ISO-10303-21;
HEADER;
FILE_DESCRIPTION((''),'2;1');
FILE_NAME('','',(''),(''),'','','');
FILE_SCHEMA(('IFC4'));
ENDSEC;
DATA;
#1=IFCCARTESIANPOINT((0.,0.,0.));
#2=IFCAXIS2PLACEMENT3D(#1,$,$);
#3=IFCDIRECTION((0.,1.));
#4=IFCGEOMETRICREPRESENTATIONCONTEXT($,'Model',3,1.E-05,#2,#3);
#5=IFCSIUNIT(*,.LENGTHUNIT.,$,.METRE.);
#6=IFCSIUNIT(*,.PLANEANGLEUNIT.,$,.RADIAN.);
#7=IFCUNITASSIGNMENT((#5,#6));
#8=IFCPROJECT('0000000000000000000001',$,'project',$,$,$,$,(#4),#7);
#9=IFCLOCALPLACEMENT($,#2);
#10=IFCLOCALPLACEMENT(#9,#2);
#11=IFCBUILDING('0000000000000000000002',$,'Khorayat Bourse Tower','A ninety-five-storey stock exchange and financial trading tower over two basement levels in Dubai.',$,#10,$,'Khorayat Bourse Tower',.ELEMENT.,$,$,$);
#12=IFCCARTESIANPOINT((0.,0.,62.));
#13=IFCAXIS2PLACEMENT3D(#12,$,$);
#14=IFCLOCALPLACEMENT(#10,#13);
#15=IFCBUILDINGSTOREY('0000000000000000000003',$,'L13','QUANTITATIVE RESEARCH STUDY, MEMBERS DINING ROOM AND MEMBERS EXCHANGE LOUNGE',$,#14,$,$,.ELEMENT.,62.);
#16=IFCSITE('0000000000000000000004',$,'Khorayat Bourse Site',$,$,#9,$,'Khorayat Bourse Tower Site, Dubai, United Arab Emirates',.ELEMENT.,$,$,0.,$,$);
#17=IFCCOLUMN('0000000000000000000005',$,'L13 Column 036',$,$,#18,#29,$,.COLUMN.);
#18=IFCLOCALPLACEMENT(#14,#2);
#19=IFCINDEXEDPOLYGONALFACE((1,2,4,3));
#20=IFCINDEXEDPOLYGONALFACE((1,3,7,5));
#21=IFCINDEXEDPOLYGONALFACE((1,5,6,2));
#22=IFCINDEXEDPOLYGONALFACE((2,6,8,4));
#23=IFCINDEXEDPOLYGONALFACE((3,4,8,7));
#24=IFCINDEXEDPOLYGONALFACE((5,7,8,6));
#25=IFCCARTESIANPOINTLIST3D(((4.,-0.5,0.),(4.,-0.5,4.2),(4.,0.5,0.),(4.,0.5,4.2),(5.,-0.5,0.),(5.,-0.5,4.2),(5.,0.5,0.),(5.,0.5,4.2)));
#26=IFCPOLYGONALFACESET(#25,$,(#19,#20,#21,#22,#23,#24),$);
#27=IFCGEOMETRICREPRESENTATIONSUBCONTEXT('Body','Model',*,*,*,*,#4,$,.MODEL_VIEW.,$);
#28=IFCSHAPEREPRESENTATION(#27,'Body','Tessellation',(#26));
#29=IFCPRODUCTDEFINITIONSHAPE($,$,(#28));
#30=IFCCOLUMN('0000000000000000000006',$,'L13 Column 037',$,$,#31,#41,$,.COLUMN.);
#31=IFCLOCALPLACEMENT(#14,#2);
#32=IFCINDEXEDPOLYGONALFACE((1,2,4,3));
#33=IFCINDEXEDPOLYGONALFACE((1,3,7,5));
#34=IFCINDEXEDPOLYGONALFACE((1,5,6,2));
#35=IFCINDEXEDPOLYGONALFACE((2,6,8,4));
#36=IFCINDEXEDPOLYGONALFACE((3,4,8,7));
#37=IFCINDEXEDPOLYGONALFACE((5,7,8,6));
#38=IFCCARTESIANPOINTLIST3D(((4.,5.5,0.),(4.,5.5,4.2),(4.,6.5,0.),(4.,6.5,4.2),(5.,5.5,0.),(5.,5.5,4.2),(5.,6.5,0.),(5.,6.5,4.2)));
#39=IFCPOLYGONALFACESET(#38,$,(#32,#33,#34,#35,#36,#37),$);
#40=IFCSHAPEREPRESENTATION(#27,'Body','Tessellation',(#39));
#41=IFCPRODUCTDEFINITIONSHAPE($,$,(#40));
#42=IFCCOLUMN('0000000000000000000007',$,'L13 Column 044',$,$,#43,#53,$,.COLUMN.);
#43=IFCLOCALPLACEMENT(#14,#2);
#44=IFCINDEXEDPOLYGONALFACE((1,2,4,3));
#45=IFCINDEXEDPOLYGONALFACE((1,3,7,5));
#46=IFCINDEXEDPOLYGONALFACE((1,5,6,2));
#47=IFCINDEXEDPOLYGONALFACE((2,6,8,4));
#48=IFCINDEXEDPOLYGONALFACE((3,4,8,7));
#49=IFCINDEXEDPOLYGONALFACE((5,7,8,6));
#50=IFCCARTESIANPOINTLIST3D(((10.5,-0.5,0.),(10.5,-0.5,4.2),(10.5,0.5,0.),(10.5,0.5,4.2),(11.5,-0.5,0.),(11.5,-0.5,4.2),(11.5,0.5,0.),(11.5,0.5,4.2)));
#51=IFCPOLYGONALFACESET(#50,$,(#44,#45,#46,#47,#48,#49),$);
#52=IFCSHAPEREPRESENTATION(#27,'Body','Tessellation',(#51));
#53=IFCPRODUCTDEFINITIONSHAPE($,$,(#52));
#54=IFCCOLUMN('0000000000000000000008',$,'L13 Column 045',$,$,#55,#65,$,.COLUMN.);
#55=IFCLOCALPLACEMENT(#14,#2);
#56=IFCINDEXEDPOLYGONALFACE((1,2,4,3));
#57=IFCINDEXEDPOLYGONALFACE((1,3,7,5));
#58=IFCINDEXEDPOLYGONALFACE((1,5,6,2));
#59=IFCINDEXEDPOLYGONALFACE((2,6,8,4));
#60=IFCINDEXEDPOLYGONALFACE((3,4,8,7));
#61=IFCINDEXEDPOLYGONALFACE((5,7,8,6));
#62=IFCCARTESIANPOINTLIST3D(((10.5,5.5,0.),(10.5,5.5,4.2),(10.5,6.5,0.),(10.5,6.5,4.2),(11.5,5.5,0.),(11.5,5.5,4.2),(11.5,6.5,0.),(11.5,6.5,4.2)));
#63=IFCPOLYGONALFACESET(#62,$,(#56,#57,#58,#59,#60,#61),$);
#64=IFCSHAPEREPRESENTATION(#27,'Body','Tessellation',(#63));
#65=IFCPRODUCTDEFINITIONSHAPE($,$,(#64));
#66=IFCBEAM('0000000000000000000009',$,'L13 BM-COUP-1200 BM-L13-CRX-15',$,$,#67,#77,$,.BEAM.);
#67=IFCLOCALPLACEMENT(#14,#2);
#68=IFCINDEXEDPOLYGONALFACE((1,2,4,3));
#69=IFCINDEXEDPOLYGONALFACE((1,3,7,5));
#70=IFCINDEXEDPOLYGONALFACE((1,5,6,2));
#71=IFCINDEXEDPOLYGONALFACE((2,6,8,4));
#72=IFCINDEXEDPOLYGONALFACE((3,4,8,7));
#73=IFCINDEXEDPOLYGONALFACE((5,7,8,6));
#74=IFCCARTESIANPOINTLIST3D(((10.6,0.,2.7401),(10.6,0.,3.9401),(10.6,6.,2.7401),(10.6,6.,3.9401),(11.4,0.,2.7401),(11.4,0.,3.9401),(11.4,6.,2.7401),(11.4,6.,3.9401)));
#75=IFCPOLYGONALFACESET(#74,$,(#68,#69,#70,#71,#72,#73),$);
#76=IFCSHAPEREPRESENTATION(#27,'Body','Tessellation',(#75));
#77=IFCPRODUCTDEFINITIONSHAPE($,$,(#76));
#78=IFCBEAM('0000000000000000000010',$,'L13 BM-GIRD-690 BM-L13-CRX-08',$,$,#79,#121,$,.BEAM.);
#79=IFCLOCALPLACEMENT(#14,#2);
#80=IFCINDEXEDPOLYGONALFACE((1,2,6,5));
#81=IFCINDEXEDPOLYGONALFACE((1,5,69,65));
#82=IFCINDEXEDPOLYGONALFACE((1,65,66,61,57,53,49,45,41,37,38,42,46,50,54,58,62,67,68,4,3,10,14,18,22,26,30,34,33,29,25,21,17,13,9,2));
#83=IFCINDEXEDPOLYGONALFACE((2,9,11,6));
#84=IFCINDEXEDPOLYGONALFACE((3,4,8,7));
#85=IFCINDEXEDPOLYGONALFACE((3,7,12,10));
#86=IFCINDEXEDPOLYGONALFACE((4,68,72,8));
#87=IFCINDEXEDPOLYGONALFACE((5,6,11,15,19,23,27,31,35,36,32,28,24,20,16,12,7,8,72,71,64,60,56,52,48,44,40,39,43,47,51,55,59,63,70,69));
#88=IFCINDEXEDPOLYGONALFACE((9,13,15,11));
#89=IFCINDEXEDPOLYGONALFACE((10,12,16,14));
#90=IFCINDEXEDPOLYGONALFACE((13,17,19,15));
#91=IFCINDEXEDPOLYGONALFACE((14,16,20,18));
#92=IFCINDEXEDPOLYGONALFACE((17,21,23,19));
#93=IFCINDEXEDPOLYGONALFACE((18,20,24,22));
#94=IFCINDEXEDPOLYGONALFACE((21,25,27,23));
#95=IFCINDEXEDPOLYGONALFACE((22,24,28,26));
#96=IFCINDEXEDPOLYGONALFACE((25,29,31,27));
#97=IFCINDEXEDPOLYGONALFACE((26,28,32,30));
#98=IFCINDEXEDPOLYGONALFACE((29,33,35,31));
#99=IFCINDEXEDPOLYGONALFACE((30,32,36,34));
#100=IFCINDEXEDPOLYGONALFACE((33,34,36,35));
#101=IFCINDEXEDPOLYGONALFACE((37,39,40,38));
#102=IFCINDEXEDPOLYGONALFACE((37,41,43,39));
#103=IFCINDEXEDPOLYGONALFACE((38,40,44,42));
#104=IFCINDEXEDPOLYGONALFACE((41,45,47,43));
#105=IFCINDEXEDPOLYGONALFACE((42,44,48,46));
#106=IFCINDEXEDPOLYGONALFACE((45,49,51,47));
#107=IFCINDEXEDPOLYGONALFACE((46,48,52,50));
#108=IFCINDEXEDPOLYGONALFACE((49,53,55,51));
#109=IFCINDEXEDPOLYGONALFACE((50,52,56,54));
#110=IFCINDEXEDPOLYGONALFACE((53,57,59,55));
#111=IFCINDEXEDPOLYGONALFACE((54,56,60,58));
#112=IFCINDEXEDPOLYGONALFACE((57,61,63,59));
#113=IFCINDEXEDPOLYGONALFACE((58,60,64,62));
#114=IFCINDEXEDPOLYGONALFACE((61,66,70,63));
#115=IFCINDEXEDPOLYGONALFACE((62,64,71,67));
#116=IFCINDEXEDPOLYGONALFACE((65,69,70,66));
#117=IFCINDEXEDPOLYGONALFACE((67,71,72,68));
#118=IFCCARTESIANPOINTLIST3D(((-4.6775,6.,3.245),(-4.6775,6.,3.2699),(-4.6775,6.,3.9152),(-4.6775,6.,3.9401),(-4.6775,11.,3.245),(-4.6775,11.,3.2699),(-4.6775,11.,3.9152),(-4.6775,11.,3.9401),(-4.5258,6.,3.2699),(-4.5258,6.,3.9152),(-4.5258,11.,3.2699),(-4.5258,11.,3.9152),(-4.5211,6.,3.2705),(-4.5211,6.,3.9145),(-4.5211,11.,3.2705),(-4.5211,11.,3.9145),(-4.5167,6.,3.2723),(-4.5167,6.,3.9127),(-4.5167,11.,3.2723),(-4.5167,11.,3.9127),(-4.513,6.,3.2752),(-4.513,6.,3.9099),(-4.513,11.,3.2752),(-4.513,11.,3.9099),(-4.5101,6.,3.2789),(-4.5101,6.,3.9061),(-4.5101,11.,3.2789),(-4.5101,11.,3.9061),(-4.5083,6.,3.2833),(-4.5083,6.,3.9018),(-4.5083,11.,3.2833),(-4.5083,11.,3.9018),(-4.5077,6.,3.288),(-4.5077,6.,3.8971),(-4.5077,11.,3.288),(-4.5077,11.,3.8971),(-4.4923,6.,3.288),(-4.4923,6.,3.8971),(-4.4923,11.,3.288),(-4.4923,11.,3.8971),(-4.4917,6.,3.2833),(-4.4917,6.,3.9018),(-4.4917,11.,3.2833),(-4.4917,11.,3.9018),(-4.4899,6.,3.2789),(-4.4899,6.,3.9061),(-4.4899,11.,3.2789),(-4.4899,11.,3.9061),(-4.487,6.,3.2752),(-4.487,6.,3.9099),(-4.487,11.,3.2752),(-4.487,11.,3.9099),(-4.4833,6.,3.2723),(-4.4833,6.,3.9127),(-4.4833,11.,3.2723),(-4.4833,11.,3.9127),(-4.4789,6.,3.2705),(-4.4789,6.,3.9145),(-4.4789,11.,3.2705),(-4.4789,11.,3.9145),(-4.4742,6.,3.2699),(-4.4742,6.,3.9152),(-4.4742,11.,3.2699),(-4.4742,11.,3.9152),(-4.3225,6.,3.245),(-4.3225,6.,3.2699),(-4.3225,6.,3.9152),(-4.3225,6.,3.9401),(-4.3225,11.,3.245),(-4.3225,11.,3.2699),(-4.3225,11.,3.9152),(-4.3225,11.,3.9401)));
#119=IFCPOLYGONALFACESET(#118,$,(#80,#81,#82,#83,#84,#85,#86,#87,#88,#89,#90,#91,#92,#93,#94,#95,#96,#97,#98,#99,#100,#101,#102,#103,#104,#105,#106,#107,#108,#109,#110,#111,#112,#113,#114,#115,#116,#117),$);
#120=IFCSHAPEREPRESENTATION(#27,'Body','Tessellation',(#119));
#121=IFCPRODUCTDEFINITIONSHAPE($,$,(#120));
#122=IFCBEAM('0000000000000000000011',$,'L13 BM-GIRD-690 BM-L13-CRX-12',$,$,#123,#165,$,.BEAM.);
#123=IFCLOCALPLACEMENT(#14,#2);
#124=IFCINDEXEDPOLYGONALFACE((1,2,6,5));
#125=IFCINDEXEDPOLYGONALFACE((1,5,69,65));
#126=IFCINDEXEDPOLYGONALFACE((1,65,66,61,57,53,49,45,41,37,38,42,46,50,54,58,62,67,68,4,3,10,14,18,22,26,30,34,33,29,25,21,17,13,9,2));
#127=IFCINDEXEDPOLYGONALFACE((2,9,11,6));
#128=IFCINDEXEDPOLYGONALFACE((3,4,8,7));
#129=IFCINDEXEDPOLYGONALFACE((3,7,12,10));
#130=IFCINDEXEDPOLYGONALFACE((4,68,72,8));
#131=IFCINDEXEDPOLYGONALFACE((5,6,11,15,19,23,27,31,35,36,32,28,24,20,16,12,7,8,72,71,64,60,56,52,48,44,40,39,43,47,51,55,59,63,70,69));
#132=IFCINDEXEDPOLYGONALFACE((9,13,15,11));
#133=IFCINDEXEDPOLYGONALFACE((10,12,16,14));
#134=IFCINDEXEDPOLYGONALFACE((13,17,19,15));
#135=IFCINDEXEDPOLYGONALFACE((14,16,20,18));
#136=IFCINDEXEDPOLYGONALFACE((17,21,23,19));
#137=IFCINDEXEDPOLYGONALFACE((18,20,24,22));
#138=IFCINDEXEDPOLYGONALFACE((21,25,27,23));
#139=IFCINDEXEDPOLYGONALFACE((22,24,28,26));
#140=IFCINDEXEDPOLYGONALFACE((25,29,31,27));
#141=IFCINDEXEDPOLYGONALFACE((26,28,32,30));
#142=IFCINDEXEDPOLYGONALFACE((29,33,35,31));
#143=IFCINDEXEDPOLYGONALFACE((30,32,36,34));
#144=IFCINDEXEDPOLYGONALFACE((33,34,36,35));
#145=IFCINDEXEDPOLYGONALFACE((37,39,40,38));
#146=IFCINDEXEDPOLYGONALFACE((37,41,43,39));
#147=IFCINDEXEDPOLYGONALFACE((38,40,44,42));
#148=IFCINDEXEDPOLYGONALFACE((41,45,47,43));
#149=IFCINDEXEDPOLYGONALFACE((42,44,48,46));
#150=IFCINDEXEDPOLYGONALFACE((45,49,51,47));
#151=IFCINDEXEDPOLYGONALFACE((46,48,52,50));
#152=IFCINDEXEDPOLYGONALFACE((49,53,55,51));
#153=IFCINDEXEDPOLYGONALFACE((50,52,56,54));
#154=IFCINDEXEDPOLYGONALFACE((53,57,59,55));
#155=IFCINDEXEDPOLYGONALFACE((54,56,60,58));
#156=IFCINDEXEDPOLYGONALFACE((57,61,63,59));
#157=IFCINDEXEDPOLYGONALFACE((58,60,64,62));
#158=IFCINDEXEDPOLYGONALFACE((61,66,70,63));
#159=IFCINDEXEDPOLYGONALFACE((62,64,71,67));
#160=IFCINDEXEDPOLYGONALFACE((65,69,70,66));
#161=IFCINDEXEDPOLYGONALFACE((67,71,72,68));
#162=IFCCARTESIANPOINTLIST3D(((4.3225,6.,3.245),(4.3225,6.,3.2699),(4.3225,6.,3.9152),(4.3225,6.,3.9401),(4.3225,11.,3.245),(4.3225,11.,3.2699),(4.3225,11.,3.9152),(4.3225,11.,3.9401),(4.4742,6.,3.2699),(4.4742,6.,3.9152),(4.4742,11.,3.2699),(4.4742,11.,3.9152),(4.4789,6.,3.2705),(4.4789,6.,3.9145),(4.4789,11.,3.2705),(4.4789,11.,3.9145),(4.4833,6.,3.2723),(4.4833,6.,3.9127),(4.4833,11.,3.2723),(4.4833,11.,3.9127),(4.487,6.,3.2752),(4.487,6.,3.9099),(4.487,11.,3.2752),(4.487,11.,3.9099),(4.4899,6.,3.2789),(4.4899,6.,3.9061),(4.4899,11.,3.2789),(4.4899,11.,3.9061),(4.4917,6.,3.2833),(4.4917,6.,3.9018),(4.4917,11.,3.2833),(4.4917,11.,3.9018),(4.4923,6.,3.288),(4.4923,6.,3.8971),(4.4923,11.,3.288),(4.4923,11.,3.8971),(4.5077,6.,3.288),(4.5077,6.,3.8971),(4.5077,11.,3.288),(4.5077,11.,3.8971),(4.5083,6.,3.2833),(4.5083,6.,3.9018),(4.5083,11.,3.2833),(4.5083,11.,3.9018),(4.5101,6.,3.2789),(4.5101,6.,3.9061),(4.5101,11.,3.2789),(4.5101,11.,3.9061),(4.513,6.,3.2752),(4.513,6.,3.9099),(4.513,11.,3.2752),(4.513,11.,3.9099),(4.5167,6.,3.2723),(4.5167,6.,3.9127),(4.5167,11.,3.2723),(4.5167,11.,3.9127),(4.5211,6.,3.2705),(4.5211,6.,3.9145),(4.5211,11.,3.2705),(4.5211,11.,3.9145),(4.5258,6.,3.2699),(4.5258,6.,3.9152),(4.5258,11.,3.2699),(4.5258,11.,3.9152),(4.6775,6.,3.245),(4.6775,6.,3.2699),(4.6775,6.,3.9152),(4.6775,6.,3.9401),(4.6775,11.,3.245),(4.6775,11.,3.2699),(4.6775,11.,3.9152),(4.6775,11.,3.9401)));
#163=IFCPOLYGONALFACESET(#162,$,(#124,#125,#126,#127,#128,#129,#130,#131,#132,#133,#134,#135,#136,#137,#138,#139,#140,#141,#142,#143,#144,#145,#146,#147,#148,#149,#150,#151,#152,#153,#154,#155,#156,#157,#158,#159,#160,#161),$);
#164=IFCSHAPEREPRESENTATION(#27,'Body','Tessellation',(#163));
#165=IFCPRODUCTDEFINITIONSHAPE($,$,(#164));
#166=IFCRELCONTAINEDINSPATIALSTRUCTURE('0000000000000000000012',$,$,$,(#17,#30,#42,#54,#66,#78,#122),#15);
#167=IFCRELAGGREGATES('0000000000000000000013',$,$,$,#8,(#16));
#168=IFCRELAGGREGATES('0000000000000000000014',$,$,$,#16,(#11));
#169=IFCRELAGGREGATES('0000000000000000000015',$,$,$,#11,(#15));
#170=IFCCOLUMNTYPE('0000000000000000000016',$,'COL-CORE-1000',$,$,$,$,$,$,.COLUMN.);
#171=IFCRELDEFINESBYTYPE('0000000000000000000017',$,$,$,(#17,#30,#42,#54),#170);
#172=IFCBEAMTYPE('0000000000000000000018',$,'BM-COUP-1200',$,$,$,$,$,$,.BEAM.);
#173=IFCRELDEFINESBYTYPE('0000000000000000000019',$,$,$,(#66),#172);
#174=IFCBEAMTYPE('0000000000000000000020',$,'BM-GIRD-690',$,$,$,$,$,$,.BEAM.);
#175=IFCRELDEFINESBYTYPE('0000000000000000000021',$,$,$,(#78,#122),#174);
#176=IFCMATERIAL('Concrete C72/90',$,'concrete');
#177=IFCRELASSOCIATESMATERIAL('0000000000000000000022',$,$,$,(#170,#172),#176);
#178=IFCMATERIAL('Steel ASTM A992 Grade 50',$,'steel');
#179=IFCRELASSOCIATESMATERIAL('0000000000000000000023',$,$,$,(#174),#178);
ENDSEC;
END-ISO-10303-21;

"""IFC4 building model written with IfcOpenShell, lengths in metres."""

from ifc_helpers import new_model, si_unit, direction, frame, origin, origin_2d, place, context, subcontext, project, spatial, rectangle, i_section, extrude, source, transform, mapped, material, material_profile, profile_set, type_object, element, save


model = new_model("IFC4")

# Units and contexts
model_context = context("Model", 3, precision=1e-05, world=origin(), true_north=direction((0.0, 1.0)))
body_context = subcontext(model_context, "Body", "Model", "MODEL_VIEW")
ifc_project = project(units=[si_unit("LENGTHUNIT", "METRE"), si_unit("PLANEANGLEUNIT", "RADIAN")], contexts=[model_context])

# Site, building, storey
site_placement = place(None, origin())
site = spatial("IfcSite", under=ifc_project, at=site_placement, Name="Khorayat Bourse Site", LongName="Khorayat Bourse Tower Site, Dubai, United Arab Emirates", CompositionType="ELEMENT", RefElevation=0.0)
building_placement = place(site_placement, origin())
building = spatial("IfcBuilding", under=site, at=building_placement, Name="Khorayat Bourse Tower", Description="A ninety-five-storey stock exchange and financial trading tower over two basement levels in Dubai.", LongName="Khorayat Bourse Tower", CompositionType="ELEMENT")
storey_placement = place(building_placement, frame((0.0, 0.0, 62.0)))
storey = spatial("IfcBuildingStorey", under=building, at=storey_placement, Name="L13", Description="QUANTITATIVE RESEARCH STUDY, MEMBERS DINING ROOM AND MEMBERS EXCHANGE LOUNGE", CompositionType="ELEMENT", Elevation=62.0)

# Columns
ifc_material_1 = material(Name="Concrete C72/90", Category="concrete")
ifc_material_profile_1 = material_profile(ifc_material_1, rectangle(XDim=1.0, YDim=1.0, at=origin_2d()), Name="RC 1000x1000")
ifc_profile_set_1 = profile_set([ifc_material_profile_1], Name="Concrete C72/90")
column_type = type_object("IfcColumnType", Name="COL-CORE-1000", PredefinedType="COLUMN", material=ifc_profile_set_1)
shared_shape_1 = source(origin(), body_context, "Body", "SweptSolid", [
    extrude(rectangle(XDim=1.0, YDim=1.0, at=origin_2d()), origin(), (0.0, 0.0, 1.0), 4.2),
])
for number, where, z_axis, x_axis, name in (
    (1, (4.5, 0.0, 0.0), (0.0, 0.0, 1.0), (1.0, 0.0, 0.0), "L13 Column 036"),
    (2, (4.5, 6.0, 0.0), (0.0, 0.0, 1.0), (1.0, 0.0, 0.0), "L13 Column 037"),
    (3, (11.0, 0.0, 0.0), (0.0, 0.0, 1.0), (1.0, 0.0, 0.0), "L13 Column 044"),
    (4, (11.0, 6.0, 0.0), (0.0, 0.0, 1.0), (1.0, 0.0, 0.0), "L13 Column 045"),
):
    element("IfcColumn", number, at=place(storey_placement, frame(where, z_axis=z_axis, x_axis=x_axis)), inside=storey, type_object=column_type, Name=name, PredefinedType="COLUMN", context=body_context, shape_type="MappedRepresentation", body=[
        mapped(shared_shape_1, transform((0.0, 0.0, 0.0), scale=1.0)),
    ])

# Beams
ifc_material_profile_2 = material_profile(ifc_material_1, rectangle(XDim=0.8, YDim=1.2, at=origin_2d()), Name="RC 800x1200")
ifc_profile_set_2 = profile_set([ifc_material_profile_2], Name="Concrete C72/90")
beam_type_1 = type_object("IfcBeamType", Name="BM-COUP-1200", PredefinedType="BEAM", material=ifc_profile_set_2)
shared_shape_2 = source(origin(), body_context, "Body", "SweptSolid", [
    extrude(rectangle(XDim=0.8, YDim=1.2, at=origin_2d()), origin(), (0.0, 0.0, 1.0), 6.0),
])
beam_1_placement = place(storey_placement, frame((11.0, 0.0, 3.3401), z_axis=(0.0, 1.0, 0.0), x_axis=(-1.0, 0.0, 0.0)))
element("IfcBeam", 5, at=beam_1_placement, inside=storey, type_object=beam_type_1, Name="L13 BM-COUP-1200 BM-L13-CRX-15", PredefinedType="BEAM", context=body_context, shape_type="MappedRepresentation", body=[
    mapped(shared_shape_2, transform((0.0, 0.0, 0.0), scale=1.0)),
])
ifc_material_2 = material(Name="Steel ASTM A992 Grade 50", Category="steel")
ifc_material_profile_3 = material_profile(ifc_material_2, i_section(OverallWidth=0.355, OverallDepth=0.6951, WebThickness=0.0154, FlangeThickness=0.0249, FilletRadius=0.0181, at=origin_2d()), Name="W690X217")
ifc_profile_set_3 = profile_set([ifc_material_profile_3], Name="Steel ASTM A992 Grade 50")
beam_type_2 = type_object("IfcBeamType", Name="BM-GIRD-690", PredefinedType="BEAM", material=ifc_profile_set_3)
shared_shape_3 = source(origin(), body_context, "Body", "SweptSolid", [
    extrude(i_section(OverallWidth=0.355, OverallDepth=0.6951, WebThickness=0.0154, FlangeThickness=0.0249, FilletRadius=0.0181, at=origin_2d()), origin(), (0.0, 0.0, 1.0), 5.0),
])
for number, where, z_axis, x_axis, name in (
    (6, (-4.5, 6.0, 3.5925), (0.0, 1.0, 0.0), (-1.0, 0.0, 0.0), "L13 BM-GIRD-690 BM-L13-CRX-08"),
    (7, (4.5, 6.0, 3.5925), (0.0, 1.0, 0.0), (-1.0, 0.0, 0.0), "L13 BM-GIRD-690 BM-L13-CRX-12"),
):
    element("IfcBeam", number, at=place(storey_placement, frame(where, z_axis=z_axis, x_axis=x_axis)), inside=storey, type_object=beam_type_2, Name=name, PredefinedType="BEAM", context=body_context, shape_type="MappedRepresentation", body=[
        mapped(shared_shape_3, transform((0.0, 0.0, 0.0), scale=1.0)),
    ])

save(model, "model.ifc")
